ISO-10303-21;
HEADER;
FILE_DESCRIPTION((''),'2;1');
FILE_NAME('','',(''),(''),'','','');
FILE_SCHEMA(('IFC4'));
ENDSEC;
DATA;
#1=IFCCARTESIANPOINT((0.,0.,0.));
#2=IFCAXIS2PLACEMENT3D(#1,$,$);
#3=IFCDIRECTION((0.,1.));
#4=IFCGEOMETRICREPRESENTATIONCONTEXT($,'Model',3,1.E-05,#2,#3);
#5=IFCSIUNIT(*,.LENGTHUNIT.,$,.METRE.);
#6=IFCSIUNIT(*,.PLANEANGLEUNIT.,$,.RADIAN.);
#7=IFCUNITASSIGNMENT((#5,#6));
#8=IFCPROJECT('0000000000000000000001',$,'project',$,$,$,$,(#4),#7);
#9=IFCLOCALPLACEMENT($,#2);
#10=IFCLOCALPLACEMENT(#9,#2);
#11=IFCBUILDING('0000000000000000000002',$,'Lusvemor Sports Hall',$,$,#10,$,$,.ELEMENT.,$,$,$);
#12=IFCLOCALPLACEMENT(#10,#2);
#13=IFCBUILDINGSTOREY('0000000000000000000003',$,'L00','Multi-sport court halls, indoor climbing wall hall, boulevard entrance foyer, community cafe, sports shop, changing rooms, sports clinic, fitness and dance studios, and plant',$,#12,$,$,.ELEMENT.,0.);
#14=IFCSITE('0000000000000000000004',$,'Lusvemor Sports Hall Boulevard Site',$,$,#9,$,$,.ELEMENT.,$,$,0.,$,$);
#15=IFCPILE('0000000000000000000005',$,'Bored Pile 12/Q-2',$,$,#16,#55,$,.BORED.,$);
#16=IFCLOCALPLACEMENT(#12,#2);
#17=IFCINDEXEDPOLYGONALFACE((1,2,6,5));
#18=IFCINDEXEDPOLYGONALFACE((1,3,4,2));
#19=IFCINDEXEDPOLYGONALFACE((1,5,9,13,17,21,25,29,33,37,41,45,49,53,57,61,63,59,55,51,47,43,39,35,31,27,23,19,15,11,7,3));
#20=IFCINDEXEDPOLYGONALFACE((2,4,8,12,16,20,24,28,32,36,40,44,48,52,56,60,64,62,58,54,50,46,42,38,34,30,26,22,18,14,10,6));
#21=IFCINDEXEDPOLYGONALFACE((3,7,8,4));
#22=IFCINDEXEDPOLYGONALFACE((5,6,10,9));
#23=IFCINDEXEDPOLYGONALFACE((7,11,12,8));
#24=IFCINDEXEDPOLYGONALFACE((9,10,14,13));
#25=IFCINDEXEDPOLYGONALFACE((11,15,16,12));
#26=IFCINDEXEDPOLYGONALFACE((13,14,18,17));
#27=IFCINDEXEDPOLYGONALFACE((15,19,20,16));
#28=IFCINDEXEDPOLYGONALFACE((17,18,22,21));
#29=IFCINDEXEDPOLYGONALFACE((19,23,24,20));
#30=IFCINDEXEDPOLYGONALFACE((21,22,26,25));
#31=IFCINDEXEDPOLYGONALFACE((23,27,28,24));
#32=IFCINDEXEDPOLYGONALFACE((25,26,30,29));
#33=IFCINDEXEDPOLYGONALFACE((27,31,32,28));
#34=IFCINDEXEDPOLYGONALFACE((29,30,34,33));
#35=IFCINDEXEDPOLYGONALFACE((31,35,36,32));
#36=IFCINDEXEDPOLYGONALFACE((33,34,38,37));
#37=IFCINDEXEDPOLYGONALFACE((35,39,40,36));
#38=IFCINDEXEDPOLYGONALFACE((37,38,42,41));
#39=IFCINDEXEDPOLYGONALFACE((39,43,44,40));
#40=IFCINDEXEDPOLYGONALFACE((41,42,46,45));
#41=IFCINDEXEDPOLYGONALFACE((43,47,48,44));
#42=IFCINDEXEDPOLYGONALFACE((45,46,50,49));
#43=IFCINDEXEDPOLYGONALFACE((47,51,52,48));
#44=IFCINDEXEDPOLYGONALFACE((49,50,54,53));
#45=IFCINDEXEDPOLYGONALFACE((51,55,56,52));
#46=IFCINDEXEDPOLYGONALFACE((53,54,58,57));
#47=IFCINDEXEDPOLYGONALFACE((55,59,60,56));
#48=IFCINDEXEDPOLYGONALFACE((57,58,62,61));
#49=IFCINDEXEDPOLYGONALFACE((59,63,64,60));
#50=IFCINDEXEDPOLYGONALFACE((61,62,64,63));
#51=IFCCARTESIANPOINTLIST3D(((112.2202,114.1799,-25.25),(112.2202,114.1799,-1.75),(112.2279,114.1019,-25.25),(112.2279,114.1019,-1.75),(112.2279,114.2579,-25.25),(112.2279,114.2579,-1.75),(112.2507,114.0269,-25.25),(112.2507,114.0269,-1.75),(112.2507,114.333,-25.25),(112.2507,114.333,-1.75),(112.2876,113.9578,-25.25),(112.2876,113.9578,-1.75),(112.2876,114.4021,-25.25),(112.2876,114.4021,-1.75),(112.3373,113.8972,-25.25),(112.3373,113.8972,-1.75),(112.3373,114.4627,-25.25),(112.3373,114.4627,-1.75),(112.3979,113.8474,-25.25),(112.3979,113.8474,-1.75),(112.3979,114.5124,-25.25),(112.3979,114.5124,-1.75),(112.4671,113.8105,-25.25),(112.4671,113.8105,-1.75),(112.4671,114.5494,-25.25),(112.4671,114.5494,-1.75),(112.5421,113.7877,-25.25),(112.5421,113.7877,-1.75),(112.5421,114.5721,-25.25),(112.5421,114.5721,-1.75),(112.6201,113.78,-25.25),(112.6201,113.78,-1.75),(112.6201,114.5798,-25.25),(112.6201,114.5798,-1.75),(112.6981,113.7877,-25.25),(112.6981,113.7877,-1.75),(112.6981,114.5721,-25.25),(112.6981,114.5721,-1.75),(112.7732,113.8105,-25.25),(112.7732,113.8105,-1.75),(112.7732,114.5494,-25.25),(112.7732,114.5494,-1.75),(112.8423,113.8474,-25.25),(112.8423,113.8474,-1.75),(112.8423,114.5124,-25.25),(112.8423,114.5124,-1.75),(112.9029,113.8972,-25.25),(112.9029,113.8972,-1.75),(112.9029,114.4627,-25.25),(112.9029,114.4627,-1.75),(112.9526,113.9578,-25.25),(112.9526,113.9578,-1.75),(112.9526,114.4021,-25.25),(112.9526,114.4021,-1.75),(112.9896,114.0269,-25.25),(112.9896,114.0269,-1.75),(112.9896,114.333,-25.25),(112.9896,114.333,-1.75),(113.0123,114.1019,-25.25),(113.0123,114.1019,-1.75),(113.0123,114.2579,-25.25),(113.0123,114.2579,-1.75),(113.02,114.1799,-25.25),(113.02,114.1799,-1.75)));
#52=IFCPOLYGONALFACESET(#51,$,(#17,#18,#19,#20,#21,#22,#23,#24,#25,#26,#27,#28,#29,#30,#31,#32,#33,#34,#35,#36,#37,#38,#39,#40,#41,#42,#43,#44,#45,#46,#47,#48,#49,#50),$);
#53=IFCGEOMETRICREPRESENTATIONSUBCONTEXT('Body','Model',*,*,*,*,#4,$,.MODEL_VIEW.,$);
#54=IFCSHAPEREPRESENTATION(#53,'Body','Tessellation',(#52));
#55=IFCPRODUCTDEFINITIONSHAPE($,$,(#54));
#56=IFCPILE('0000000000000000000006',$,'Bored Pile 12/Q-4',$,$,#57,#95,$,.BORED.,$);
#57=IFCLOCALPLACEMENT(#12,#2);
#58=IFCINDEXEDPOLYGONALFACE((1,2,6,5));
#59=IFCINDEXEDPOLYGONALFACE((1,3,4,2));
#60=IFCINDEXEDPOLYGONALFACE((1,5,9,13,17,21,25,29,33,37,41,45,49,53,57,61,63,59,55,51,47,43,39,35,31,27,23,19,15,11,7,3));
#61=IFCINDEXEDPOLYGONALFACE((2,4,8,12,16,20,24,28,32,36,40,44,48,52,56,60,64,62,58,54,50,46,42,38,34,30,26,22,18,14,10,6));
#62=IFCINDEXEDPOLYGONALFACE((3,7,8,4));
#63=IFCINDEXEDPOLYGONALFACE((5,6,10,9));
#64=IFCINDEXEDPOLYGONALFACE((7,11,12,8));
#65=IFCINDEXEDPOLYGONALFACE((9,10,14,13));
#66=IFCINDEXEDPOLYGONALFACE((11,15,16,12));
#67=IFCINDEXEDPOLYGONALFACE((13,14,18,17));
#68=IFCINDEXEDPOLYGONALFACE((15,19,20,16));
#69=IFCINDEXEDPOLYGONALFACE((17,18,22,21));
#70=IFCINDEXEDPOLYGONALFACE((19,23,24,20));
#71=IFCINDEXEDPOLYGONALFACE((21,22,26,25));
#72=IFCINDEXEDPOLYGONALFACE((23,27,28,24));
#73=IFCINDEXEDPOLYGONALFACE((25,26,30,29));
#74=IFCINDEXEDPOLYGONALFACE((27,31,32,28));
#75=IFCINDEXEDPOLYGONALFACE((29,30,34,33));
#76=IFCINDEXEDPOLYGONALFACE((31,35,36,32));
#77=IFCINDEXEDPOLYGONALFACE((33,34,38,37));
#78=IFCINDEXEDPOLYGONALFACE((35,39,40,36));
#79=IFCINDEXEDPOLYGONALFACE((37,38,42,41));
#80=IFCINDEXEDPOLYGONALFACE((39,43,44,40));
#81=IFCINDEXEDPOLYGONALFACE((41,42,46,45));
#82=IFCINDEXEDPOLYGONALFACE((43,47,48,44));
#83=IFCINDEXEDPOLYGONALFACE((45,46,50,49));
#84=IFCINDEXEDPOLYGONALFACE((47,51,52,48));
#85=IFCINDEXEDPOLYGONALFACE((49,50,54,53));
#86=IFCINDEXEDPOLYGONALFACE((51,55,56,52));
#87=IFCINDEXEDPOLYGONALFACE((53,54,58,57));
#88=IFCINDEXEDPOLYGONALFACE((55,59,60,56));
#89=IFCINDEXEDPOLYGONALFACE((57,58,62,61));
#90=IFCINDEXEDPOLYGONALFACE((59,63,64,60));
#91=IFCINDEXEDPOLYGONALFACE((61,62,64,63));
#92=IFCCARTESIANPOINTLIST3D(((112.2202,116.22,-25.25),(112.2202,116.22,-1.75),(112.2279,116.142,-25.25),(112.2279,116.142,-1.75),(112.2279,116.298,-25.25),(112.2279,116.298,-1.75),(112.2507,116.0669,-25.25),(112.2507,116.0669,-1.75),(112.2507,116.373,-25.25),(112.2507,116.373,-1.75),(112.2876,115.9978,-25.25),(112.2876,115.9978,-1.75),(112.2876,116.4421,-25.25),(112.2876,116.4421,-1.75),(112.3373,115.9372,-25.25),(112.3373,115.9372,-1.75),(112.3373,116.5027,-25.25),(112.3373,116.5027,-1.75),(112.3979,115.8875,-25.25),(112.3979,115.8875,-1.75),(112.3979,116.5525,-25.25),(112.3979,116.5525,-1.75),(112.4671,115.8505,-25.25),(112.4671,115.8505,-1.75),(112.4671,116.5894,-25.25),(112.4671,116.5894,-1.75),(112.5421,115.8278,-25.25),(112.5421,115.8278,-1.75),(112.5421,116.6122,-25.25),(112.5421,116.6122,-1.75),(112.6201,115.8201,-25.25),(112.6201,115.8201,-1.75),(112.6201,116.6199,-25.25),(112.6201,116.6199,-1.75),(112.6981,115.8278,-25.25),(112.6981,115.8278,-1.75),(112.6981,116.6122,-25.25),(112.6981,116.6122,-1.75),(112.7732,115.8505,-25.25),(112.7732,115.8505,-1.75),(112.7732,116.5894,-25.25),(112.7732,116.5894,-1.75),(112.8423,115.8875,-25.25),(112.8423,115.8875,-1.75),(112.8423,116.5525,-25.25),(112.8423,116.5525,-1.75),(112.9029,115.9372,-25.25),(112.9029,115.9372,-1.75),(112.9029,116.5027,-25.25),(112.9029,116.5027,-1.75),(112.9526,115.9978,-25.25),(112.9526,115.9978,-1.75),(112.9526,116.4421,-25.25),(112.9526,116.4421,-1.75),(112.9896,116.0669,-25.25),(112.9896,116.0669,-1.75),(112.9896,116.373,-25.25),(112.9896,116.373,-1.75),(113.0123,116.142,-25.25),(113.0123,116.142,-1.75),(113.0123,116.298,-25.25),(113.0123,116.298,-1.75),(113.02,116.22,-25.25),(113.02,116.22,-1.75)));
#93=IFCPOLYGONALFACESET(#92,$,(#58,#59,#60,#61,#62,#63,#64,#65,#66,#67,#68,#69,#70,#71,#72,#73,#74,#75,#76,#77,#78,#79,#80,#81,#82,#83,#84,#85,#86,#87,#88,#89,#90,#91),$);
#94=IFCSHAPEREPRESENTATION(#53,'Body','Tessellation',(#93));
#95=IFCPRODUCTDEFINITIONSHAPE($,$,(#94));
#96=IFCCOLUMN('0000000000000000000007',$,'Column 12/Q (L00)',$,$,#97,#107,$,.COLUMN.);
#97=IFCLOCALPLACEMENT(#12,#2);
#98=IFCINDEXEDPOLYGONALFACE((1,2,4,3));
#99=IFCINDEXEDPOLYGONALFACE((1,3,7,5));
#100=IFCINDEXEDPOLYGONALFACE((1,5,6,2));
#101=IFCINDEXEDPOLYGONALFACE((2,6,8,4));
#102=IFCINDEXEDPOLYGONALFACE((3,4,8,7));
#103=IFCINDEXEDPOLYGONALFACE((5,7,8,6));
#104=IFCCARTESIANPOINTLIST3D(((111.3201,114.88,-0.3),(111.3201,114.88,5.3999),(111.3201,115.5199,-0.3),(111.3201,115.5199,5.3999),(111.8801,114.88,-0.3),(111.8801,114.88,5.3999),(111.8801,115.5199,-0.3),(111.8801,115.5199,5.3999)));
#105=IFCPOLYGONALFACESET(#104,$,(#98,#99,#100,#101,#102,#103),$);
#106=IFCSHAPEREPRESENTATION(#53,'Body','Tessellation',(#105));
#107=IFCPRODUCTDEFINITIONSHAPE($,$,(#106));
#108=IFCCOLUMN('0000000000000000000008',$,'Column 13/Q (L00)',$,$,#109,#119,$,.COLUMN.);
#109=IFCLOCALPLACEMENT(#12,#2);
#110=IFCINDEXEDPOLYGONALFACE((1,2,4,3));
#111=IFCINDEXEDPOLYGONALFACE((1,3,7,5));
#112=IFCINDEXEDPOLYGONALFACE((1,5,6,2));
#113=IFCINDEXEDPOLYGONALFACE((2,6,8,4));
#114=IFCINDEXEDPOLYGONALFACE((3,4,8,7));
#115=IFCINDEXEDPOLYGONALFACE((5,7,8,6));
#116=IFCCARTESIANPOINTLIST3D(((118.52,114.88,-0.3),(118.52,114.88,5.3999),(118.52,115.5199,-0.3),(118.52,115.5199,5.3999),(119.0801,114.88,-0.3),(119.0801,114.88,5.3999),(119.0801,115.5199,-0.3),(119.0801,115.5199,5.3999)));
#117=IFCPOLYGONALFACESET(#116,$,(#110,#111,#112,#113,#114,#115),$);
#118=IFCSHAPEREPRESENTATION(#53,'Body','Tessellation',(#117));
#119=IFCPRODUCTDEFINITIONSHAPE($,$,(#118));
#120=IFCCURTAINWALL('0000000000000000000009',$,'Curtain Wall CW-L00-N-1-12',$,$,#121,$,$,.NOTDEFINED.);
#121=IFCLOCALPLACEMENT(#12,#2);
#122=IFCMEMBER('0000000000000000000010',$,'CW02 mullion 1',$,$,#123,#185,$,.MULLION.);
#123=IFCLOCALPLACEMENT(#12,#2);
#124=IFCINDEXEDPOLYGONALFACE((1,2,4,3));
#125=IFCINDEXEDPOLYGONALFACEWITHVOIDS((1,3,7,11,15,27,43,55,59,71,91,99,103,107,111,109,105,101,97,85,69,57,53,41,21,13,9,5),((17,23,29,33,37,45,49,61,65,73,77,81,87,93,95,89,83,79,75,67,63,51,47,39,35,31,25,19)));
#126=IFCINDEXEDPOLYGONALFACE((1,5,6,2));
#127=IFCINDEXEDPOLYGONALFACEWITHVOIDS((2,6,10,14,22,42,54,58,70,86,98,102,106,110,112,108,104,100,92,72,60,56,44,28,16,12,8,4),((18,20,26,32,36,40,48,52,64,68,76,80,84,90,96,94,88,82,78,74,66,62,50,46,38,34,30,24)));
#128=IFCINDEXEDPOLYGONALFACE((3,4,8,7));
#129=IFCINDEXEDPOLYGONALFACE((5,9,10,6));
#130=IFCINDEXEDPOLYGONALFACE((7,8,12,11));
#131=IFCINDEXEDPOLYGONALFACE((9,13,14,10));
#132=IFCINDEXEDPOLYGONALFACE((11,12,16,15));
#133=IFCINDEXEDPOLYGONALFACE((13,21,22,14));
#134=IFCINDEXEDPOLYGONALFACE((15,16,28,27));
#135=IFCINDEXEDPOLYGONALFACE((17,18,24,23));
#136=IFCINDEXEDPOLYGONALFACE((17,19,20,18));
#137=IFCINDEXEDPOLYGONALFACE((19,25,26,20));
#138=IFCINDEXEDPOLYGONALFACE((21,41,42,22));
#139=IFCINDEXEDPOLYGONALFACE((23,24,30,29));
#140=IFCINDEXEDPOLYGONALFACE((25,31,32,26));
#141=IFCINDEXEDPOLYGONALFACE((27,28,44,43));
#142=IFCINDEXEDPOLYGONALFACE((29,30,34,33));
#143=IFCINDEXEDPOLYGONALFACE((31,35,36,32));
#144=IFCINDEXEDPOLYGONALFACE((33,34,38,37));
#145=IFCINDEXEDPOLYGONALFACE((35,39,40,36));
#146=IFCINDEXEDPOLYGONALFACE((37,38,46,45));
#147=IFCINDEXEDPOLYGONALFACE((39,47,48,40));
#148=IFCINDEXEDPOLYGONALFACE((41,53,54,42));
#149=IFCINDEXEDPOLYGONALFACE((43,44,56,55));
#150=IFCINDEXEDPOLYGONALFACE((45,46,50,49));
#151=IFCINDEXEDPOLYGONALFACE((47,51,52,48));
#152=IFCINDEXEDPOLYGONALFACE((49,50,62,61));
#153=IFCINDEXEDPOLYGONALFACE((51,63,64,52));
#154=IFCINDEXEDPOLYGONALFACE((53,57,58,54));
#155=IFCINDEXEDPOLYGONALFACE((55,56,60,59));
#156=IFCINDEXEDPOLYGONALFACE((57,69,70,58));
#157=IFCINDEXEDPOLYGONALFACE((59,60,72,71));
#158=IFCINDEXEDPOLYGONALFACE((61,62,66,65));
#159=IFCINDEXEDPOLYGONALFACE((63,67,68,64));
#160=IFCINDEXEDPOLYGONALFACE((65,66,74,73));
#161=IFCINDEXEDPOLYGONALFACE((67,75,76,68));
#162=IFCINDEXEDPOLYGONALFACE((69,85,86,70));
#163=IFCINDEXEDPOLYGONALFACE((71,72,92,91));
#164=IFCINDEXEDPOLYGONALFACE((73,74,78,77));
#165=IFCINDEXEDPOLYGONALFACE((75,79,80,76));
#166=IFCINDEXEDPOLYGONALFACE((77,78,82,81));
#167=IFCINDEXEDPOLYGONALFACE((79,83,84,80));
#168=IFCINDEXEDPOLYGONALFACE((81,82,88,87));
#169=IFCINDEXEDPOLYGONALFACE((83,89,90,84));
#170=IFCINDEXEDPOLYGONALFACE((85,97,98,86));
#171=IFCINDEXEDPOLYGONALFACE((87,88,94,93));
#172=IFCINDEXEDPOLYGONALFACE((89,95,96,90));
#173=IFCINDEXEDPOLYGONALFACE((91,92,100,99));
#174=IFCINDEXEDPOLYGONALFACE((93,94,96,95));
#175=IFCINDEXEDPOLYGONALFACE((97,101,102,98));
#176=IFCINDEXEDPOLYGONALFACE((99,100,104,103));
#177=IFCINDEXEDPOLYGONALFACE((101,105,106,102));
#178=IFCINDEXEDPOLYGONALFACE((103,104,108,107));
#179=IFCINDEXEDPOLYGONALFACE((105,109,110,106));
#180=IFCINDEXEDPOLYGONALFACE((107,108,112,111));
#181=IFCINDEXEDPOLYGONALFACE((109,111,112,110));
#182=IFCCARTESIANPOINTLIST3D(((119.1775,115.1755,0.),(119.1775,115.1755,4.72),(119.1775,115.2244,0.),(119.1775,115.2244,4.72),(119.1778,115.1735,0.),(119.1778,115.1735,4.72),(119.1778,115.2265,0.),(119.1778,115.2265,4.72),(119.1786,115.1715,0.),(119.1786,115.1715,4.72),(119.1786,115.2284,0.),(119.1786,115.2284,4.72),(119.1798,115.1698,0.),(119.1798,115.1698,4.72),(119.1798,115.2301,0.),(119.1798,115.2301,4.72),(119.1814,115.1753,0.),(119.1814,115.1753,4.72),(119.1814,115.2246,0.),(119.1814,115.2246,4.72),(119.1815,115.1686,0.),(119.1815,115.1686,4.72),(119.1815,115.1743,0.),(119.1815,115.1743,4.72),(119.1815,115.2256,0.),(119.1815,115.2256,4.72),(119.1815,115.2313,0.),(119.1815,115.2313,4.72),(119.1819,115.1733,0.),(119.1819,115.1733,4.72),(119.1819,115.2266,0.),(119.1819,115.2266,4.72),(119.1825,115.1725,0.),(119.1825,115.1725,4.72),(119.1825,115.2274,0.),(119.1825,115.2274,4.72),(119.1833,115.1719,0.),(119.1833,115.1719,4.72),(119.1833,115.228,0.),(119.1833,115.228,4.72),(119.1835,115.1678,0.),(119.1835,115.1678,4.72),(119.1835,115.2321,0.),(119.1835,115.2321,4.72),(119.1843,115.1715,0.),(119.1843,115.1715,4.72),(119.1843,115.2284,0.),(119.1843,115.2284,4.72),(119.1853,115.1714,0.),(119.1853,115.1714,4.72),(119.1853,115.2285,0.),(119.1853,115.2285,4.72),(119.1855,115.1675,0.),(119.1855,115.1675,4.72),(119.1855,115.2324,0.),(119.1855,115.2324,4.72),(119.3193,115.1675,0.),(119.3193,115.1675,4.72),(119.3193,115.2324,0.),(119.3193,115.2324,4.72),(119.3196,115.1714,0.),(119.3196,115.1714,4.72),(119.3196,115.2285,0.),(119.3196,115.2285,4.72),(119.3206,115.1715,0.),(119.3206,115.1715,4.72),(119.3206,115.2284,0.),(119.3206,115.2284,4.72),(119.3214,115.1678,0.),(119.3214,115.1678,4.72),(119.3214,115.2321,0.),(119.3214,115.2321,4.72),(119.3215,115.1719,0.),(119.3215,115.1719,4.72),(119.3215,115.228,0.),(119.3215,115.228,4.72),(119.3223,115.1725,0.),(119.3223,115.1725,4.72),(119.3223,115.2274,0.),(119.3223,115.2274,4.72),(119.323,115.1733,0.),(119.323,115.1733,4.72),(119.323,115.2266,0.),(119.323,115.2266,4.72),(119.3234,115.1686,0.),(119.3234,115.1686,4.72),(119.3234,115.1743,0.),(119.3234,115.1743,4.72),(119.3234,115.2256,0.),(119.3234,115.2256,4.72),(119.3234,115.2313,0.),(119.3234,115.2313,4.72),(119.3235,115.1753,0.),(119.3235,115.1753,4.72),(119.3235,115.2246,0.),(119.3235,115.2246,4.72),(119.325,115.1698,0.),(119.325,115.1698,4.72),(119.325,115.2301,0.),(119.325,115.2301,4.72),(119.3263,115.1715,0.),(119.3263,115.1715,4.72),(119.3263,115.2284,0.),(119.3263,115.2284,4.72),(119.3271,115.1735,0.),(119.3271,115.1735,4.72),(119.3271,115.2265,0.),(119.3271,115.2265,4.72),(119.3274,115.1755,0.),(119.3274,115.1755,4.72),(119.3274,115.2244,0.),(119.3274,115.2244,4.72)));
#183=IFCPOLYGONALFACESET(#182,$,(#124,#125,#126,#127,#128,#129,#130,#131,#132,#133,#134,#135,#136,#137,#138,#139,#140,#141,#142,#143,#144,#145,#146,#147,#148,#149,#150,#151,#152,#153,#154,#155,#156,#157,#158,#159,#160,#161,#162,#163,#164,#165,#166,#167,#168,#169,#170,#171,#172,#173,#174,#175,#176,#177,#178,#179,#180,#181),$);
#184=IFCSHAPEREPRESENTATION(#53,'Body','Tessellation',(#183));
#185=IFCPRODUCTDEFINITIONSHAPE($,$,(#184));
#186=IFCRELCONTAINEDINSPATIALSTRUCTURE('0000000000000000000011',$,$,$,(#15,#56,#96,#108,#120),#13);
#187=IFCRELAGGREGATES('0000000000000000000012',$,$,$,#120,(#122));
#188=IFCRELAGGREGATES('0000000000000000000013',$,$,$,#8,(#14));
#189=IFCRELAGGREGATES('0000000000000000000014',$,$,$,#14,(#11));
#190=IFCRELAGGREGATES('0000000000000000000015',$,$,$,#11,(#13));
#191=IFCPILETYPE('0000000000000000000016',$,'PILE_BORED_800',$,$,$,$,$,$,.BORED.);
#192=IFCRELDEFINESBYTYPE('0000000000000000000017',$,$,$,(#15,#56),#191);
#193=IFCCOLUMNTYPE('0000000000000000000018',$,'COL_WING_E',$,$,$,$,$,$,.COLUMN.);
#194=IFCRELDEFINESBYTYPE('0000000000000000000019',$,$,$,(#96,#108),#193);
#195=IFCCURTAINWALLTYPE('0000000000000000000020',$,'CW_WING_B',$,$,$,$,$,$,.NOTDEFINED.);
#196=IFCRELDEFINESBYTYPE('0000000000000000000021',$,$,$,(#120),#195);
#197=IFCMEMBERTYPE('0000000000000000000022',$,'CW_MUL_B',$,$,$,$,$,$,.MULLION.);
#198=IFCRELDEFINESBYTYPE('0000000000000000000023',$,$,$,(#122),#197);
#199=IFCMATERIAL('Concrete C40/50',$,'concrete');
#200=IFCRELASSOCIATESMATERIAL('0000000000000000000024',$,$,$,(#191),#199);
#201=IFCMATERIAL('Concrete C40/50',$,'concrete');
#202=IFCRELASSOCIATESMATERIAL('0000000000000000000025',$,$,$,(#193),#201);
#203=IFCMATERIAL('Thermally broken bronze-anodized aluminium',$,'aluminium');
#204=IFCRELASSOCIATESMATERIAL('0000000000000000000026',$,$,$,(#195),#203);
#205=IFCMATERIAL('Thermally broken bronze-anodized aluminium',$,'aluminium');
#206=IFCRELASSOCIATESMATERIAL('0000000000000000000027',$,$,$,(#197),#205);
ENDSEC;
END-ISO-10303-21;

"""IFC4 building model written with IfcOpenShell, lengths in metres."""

from ifc_helpers import new_model, si_unit, direction, frame, origin, origin_2d, place, context, subcontext, project, spatial, rectangle, hollow_rectangle, circle, extrude, material, material_profile, profile_set, type_object, element, aggregate, save


model = new_model("IFC4")

# Units and contexts
model_context = context("Model", 3, precision=1e-05, world=origin(), true_north=direction((0.0, 1.0)))
body_context = subcontext(model_context, "Body", "Model", "MODEL_VIEW")
ifc_project = project(units=[si_unit("LENGTHUNIT", "METRE"), si_unit("PLANEANGLEUNIT", "RADIAN")], contexts=[model_context])

# Site, building, storey
site_placement = place(None, origin())
site = spatial("IfcSite", under=ifc_project, at=site_placement, Name="Lusvemor Sports Hall Boulevard Site", CompositionType="ELEMENT", RefElevation=0.0)
building_placement = place(site_placement, origin())
building = spatial("IfcBuilding", under=site, at=building_placement, Name="Lusvemor Sports Hall", CompositionType="ELEMENT")
storey_placement = place(building_placement, origin())
storey = spatial("IfcBuildingStorey", under=building, at=storey_placement, Name="L00", Description="Multi-sport court halls, indoor climbing wall hall, boulevard entrance foyer, community cafe, sports shop, changing rooms, sports clinic, fitness and dance studios, and plant", CompositionType="ELEMENT", Elevation=0.0)

# Piles
ifc_material_1 = material(Name="Concrete C40/50", Category="concrete")
ifc_material_profile_1 = material_profile(ifc_material_1, circle(Radius=0.3999, at=origin_2d()), Name="PILE800")
ifc_profile_set_1 = profile_set([ifc_material_profile_1], Name="Concrete C40/50")
pile_type_1 = type_object("IfcPileType", Name="PILE_BORED_800", PredefinedType="BORED", material=ifc_profile_set_1)
for number, where, z_axis, x_axis, name in (
    (1, (112.6201, 114.1799, -1.75), (0.0, 0.0, -1.0), (1.0, 0.0, 0.0), "Bored Pile 12/Q-2"),
    (2, (112.6201, 116.22, -1.75), (0.0, 0.0, -1.0), (1.0, 0.0, 0.0), "Bored Pile 12/Q-4"),
):
    element("IfcPile", number, at=place(storey_placement, frame(where, z_axis=z_axis, x_axis=x_axis)), inside=storey, type_object=pile_type_1, Name=name, PredefinedType="BORED", context=body_context, shape_type="SweptSolid", body=[
        extrude(circle(Radius=0.3999, at=origin_2d()), origin(), (0.0, 0.0, 1.0), 23.5),
    ])

# Columns
ifc_material_2 = material(Name="Concrete C40/50", Category="concrete")
ifc_material_profile_2 = material_profile(ifc_material_2, rectangle(XDim=0.5601, YDim=0.6399, at=origin_2d()), Name="RC560x640")
ifc_profile_set_2 = profile_set([ifc_material_profile_2], Name="Concrete C40/50")
column_type = type_object("IfcColumnType", Name="COL_WING_E", PredefinedType="COLUMN", material=ifc_profile_set_2)
for number, where, z_axis, x_axis, name in (
    (3, (111.6001, 115.2, -0.3), (0.0, 0.0, 1.0), (1.0, 0.0, 0.0), "Column 12/Q (L00)"),
    (4, (118.8, 115.2, -0.3), (0.0, 0.0, 1.0), (1.0, 0.0, 0.0), "Column 13/Q (L00)"),
):
    element("IfcColumn", number, at=place(storey_placement, frame(where, z_axis=z_axis, x_axis=x_axis)), inside=storey, type_object=column_type, Name=name, PredefinedType="COLUMN", context=body_context, shape_type="SweptSolid", body=[
        extrude(rectangle(XDim=0.5601, YDim=0.6399, at=origin_2d()), origin(), (0.0, 0.0, 1.0), 5.7),
    ])

# Curtain wall, member
ifc_material_3 = material(Name="Thermally broken bronze-anodized aluminium", Category="aluminium")
curtain_wall_type = type_object("IfcCurtainWallType", Name="CW_WING_B", PredefinedType="NOTDEFINED", material=ifc_material_3)
curtain_wall_placement = place(storey_placement, origin())
curtain_wall = element("IfcCurtainWall", 5, at=curtain_wall_placement, inside=storey, type_object=curtain_wall_type, Name="Curtain Wall CW-L00-N-1-12", PredefinedType="NOTDEFINED")
ifc_material_4 = material(Name="Thermally broken bronze-anodized aluminium", Category="aluminium")
ifc_material_profile_3 = material_profile(ifc_material_4, hollow_rectangle(XDim=0.0649, YDim=0.1499, WallThickness=0.0039, InnerFilletRadius=0.0039, OuterFilletRadius=0.0081, at=origin_2d()), Name="CWMUL150x65x4")
ifc_profile_set_3 = profile_set([ifc_material_profile_3], Name="Thermally broken bronze-anodized aluminium")
member_type_1 = type_object("IfcMemberType", Name="CW_MUL_B", PredefinedType="MULLION", material=ifc_profile_set_3)
member_1_placement = place(storey_placement, frame((119.2524, 115.2, 0.0), z_axis=(0.0, 0.0, 1.0), x_axis=(0.0, 1.0, 0.0)))
member_1 = element("IfcMember", 6, at=member_1_placement, type_object=member_type_1, Name="CW02 mullion 1", PredefinedType="MULLION", context=body_context, shape_type="SweptSolid", body=[
    extrude(hollow_rectangle(XDim=0.0649, YDim=0.1499, WallThickness=0.0039, InnerFilletRadius=0.0039, OuterFilletRadius=0.0081, at=origin_2d()), origin(), (0.0, 0.0, 1.0), 4.72),
])
aggregate(curtain_wall, [member_1])

save(model, "model.ifc")
